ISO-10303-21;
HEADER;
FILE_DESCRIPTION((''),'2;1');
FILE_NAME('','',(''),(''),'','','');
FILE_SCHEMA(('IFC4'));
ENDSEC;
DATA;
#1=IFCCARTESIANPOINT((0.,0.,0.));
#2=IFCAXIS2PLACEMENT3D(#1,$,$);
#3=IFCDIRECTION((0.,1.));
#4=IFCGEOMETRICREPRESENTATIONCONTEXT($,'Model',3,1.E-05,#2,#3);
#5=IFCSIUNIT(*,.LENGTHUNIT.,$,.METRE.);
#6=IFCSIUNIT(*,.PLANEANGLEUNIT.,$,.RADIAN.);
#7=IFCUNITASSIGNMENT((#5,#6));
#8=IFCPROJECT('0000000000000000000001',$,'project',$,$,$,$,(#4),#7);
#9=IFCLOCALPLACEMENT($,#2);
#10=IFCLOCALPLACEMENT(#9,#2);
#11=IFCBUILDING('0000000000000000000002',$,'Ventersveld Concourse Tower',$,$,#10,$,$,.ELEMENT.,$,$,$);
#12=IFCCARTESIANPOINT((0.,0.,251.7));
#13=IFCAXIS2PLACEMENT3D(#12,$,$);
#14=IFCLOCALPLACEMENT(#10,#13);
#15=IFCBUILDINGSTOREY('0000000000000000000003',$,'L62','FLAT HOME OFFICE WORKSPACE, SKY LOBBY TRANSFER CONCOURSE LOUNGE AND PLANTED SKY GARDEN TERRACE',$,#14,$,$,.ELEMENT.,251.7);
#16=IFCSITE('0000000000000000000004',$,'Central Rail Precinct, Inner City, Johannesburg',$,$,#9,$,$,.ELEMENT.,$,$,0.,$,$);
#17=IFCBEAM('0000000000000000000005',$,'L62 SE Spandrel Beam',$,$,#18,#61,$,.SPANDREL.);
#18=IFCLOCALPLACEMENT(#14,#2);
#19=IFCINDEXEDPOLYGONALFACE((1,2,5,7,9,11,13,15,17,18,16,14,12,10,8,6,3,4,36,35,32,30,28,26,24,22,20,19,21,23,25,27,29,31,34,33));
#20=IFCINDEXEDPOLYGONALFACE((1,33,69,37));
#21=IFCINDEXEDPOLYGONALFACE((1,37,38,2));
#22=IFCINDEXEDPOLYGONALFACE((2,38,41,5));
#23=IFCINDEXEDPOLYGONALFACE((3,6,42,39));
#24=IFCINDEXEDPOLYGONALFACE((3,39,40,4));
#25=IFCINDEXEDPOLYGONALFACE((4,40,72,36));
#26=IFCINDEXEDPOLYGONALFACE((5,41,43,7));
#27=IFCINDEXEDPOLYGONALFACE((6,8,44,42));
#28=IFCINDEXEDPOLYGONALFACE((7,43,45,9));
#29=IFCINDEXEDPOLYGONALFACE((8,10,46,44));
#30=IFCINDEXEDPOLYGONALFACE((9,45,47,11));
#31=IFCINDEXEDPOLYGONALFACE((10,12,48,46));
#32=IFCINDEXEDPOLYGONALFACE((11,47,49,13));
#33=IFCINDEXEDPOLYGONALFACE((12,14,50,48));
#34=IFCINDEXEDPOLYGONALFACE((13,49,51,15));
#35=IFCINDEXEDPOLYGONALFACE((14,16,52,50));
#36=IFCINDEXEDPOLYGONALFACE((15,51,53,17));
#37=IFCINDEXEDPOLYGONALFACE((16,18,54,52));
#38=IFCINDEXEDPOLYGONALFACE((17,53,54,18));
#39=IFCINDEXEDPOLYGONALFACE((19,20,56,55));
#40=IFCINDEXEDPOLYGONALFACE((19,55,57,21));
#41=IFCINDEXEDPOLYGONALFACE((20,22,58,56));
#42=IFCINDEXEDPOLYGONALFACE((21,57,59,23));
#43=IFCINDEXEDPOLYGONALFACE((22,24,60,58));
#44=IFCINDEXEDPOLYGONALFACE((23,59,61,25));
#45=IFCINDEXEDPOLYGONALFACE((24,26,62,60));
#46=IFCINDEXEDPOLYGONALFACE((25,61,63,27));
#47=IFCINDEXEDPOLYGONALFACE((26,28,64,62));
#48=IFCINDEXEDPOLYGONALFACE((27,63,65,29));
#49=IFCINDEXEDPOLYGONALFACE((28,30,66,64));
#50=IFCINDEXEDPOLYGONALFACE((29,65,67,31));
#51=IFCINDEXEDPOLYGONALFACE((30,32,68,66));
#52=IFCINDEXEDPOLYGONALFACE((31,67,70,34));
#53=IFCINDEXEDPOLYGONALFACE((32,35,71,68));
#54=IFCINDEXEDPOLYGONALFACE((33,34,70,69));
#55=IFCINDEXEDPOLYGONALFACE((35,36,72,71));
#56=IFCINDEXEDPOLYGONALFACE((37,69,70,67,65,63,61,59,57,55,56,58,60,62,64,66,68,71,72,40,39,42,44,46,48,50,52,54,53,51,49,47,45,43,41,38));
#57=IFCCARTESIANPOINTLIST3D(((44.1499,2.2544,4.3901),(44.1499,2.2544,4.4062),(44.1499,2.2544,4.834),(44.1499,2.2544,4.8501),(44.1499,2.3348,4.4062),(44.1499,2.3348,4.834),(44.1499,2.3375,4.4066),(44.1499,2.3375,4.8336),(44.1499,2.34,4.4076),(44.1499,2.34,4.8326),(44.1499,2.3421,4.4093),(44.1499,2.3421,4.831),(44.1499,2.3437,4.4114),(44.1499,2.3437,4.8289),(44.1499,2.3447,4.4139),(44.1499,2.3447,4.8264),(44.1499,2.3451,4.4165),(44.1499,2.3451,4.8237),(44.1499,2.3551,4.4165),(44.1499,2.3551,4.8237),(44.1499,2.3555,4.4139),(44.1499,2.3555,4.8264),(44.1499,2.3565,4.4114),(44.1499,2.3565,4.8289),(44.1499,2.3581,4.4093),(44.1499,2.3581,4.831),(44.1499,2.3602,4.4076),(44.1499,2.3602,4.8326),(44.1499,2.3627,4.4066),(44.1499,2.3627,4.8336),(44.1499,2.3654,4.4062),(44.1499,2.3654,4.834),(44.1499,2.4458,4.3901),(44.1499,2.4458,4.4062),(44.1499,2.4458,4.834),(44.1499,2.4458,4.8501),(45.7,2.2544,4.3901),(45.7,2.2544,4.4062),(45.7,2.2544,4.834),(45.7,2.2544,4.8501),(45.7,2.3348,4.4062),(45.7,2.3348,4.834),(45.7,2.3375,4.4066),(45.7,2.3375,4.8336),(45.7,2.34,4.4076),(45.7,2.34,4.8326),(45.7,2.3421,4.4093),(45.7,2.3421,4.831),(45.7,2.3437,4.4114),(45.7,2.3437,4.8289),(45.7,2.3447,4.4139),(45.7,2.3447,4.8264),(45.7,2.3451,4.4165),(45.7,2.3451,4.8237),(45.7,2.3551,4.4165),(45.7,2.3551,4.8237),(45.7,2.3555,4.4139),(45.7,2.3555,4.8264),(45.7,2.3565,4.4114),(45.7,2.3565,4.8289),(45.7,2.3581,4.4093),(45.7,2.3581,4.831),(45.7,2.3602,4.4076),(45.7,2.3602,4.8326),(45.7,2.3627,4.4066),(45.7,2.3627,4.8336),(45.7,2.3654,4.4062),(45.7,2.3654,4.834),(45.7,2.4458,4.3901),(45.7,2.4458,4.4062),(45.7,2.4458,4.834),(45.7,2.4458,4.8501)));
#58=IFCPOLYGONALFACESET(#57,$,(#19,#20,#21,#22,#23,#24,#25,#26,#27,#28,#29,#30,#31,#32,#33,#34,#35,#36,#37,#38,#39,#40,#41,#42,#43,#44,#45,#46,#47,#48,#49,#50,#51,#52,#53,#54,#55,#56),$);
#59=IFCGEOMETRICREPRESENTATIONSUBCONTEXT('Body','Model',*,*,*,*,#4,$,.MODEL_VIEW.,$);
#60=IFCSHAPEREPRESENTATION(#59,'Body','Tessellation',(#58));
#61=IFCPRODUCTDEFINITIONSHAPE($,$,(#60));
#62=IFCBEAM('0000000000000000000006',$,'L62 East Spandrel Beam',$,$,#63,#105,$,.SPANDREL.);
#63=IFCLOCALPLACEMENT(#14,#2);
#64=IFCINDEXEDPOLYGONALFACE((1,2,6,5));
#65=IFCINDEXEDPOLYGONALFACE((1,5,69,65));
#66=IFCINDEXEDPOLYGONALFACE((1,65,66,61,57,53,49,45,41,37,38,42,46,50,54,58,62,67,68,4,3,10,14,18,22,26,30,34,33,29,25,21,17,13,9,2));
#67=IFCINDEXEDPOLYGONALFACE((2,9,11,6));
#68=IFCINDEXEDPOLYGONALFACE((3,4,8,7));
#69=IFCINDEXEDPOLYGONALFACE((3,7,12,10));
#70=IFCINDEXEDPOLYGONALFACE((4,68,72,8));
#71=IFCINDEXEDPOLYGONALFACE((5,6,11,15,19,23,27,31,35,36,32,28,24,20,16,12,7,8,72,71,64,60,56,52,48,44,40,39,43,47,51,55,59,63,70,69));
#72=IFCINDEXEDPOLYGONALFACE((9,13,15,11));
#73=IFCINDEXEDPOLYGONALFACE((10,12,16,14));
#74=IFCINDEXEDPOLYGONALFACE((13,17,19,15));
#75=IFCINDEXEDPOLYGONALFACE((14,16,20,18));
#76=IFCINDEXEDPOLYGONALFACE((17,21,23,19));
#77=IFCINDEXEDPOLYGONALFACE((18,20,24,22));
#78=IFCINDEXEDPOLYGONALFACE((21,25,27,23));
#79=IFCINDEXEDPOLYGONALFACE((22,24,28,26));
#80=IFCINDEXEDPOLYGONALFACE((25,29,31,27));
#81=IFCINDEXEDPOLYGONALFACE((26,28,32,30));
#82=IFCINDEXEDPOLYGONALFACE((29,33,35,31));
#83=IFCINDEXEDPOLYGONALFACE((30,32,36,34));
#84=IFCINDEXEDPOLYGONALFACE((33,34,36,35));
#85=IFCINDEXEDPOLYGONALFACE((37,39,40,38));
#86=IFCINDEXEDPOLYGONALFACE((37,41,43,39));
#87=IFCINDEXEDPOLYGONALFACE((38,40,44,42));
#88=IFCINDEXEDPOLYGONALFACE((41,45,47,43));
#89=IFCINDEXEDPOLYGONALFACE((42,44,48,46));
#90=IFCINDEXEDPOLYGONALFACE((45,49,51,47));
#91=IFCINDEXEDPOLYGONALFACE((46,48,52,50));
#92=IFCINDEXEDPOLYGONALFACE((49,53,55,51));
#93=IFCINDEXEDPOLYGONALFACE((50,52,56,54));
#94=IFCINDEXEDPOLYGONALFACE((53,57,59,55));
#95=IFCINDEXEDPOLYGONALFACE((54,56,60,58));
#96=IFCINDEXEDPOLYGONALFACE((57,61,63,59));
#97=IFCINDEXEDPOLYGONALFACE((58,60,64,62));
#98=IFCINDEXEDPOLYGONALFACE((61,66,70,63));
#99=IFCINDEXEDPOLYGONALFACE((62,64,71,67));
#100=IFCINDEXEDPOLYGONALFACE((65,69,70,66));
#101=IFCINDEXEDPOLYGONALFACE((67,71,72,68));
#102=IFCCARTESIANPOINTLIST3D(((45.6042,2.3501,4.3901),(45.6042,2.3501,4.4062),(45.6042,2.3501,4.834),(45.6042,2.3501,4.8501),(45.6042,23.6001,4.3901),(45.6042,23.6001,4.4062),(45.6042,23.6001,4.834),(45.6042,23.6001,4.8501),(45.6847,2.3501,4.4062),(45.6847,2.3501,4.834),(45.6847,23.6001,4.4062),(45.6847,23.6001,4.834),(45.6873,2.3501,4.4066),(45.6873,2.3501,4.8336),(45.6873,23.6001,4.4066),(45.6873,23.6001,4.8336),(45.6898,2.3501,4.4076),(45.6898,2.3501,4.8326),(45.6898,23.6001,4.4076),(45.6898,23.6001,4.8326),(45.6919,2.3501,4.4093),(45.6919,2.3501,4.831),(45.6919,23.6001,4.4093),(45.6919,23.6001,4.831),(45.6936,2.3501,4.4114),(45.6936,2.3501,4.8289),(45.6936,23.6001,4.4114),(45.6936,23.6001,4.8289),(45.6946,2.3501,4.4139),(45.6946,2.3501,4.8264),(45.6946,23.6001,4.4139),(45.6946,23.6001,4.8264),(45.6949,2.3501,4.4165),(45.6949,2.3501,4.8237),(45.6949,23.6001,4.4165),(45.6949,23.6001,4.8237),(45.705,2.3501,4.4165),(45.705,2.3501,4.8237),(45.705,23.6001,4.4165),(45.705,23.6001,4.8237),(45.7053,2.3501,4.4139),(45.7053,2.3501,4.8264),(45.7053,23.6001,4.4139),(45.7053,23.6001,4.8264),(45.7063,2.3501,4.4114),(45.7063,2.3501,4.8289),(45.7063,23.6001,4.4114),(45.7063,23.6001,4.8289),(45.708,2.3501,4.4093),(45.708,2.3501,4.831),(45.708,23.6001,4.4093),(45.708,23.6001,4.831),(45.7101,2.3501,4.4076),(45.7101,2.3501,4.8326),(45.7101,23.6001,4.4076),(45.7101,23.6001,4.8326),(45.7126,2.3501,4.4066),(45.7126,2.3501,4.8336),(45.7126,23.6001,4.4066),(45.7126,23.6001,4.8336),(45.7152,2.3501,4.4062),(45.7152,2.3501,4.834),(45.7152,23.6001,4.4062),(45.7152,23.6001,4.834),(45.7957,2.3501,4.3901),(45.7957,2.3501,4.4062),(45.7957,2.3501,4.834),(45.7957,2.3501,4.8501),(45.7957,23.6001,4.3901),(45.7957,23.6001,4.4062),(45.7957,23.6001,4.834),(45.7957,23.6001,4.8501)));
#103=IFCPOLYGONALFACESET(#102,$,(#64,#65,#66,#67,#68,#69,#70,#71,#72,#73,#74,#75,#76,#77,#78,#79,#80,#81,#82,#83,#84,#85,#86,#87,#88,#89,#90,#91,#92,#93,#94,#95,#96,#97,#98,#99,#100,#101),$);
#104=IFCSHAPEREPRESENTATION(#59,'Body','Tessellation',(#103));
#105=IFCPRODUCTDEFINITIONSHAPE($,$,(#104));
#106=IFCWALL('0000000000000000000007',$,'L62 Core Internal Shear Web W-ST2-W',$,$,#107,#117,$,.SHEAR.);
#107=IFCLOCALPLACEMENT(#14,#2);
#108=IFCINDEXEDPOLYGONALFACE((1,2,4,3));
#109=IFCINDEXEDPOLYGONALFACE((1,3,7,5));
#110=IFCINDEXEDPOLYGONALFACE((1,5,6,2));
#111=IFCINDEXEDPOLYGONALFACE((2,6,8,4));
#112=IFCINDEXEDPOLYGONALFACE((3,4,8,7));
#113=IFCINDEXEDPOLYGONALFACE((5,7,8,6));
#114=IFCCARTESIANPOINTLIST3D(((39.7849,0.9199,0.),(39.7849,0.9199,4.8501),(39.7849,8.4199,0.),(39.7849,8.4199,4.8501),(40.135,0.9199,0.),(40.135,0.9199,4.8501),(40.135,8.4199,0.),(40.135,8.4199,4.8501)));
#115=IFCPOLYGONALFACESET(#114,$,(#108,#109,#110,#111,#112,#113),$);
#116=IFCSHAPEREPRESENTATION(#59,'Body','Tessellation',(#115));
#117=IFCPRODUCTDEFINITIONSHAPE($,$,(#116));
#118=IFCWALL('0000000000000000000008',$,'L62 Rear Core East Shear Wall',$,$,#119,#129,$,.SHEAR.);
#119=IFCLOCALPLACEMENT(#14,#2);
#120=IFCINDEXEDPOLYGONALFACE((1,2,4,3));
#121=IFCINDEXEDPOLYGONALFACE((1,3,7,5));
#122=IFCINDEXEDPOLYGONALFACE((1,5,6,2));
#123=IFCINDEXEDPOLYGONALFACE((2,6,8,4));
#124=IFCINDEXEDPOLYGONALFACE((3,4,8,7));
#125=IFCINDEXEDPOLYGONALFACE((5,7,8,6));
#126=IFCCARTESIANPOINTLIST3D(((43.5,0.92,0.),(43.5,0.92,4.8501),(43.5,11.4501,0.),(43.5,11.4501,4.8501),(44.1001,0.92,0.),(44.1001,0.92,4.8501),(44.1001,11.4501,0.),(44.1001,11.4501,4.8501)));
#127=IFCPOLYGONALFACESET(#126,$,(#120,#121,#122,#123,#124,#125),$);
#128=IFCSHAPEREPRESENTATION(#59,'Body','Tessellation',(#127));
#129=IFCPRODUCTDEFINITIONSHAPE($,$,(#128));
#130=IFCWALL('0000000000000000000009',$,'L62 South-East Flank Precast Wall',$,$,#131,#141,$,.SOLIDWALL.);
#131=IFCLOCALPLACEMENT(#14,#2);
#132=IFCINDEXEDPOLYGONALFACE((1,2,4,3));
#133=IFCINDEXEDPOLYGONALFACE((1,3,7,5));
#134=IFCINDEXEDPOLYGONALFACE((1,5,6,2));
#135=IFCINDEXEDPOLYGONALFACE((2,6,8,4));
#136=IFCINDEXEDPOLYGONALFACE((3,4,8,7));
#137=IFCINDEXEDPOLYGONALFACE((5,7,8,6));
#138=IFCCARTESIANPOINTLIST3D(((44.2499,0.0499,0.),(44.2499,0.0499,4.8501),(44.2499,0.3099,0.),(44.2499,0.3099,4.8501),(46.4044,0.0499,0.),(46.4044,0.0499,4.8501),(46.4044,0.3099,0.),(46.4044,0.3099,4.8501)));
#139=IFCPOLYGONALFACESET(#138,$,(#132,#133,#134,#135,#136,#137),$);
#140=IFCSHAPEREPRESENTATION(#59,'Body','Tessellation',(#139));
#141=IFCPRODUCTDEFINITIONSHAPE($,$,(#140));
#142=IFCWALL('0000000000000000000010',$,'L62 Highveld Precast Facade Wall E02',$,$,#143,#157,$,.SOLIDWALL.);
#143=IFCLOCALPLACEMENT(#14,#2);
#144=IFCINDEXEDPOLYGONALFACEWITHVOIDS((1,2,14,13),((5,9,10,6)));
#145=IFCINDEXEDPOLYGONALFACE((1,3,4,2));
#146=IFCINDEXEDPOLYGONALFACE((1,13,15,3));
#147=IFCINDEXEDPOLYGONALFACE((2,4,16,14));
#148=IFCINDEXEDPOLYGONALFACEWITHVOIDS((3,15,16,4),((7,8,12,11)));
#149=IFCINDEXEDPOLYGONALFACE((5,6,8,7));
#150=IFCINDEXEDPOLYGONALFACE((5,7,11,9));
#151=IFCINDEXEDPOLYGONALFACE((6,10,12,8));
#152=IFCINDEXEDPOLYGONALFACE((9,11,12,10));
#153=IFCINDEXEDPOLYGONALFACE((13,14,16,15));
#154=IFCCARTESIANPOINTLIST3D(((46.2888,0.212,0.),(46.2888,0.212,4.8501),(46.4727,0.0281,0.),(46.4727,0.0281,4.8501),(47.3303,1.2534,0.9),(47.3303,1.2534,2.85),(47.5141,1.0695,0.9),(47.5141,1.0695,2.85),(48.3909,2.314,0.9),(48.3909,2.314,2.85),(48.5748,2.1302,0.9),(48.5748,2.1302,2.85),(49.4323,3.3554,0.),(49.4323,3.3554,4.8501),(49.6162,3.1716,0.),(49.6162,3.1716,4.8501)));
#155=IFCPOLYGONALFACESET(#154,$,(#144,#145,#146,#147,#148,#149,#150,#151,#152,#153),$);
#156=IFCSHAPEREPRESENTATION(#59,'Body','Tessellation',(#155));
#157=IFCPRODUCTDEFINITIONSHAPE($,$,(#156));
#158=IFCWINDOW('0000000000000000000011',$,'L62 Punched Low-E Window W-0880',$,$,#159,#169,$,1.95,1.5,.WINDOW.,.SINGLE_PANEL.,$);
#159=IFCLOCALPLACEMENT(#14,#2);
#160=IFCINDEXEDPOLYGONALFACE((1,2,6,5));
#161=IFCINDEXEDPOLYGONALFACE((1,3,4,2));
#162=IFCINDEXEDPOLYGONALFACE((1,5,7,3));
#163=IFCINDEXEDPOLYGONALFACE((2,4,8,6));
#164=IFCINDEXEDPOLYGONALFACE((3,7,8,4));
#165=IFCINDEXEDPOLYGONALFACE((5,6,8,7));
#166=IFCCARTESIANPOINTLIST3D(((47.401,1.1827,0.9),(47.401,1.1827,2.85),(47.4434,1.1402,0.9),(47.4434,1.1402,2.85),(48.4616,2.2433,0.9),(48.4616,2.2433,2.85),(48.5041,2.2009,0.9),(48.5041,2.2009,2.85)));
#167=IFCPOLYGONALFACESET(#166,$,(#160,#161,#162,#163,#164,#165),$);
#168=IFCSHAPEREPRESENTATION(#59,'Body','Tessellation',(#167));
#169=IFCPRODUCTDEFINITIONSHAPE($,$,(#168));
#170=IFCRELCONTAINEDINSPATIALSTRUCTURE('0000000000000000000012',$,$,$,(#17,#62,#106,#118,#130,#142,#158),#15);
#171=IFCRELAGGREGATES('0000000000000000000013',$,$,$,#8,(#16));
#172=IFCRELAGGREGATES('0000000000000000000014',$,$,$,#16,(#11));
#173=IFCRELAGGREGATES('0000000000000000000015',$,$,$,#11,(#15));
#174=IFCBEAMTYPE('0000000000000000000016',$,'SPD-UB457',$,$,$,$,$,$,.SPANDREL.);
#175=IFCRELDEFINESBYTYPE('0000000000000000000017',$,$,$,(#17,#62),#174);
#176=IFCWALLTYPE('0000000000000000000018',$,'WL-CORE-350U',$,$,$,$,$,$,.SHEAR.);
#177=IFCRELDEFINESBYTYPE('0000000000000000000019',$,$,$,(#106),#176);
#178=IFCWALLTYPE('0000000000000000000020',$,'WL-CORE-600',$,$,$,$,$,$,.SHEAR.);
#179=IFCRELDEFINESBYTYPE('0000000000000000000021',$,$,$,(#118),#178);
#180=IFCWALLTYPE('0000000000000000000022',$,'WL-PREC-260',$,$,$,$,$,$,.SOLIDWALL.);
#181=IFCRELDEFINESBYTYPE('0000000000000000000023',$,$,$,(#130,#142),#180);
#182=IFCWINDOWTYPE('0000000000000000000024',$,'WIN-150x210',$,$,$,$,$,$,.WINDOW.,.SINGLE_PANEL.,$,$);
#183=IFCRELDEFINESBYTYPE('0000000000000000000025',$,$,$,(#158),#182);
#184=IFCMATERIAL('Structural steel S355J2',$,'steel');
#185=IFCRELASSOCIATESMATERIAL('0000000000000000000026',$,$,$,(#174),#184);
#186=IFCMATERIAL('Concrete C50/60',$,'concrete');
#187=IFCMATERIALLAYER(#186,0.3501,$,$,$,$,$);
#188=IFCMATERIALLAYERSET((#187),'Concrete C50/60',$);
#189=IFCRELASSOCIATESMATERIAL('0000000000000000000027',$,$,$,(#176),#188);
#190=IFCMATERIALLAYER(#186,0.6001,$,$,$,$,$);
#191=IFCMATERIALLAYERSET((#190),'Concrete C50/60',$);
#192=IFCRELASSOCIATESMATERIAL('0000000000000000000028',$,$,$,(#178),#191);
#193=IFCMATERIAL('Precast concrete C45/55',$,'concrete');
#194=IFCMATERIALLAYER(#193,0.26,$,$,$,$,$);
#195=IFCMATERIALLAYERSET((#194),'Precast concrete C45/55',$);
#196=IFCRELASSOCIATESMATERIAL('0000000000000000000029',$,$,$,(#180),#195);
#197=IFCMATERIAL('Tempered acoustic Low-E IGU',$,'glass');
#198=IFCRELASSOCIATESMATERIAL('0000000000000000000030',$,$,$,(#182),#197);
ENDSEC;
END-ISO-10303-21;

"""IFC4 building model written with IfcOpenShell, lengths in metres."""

from ifc_helpers import new_model, si_unit, direction, frame, frame_2d, origin, origin_2d, place, context, subcontext, project, spatial, rectangle, i_section, extrude, material, layer, layer_set, material_profile, profile_set, type_object, element, fill, save


model = new_model("IFC4")

# Units and contexts
model_context = context("Model", 3, precision=1e-05, world=origin(), true_north=direction((0.0, 1.0)))
body_context = subcontext(model_context, "Body", "Model", "MODEL_VIEW")
ifc_project = project(units=[si_unit("LENGTHUNIT", "METRE"), si_unit("PLANEANGLEUNIT", "RADIAN")], contexts=[model_context])

# Site, building, storey
site_placement = place(None, origin())
site = spatial("IfcSite", under=ifc_project, at=site_placement, Name="Central Rail Precinct, Inner City, Johannesburg", CompositionType="ELEMENT", RefElevation=0.0)
building_placement = place(site_placement, origin())
building = spatial("IfcBuilding", under=site, at=building_placement, Name="Ventersveld Concourse Tower", CompositionType="ELEMENT")
storey_placement = place(building_placement, frame((0.0, 0.0, 251.7)))
storey = spatial("IfcBuildingStorey", under=building, at=storey_placement, Name="L62", Description="FLAT HOME OFFICE WORKSPACE, SKY LOBBY TRANSFER CONCOURSE LOUNGE AND PLANTED SKY GARDEN TERRACE", CompositionType="ELEMENT", Elevation=251.7)

# Shared definitions
ifc_material_1 = material(Name="Concrete C50/60", Category="concrete")

# Shared definitions
ifc_material_2 = material(Name="Structural steel S355J2", Category="steel")

# Beams
ifc_material_profile_1 = material_profile(ifc_material_2, i_section(OverallWidth=0.1914, OverallDepth=0.46, WebThickness=0.01, FlangeThickness=0.0161, FilletRadius=0.0103, at=origin_2d()), Name="UB 457x191x82")
ifc_profile_set_1 = profile_set([ifc_material_profile_1], Name="Structural steel S355J2")
beam_type_1 = type_object("IfcBeamType", Name="SPD-UB457", PredefinedType="SPANDREL", material=ifc_profile_set_1)
beam_1_placement = place(storey_placement, frame((44.1499, 2.3501, 4.6201), z_axis=(1.0, 0.0, 0.0), x_axis=(0.0, 1.0, 0.0)))
element("IfcBeam", 1, at=beam_1_placement, inside=storey, type_object=beam_type_1, Name="L62 SE Spandrel Beam", PredefinedType="SPANDREL", context=body_context, shape_type="SweptSolid", body=[
    extrude(i_section(OverallWidth=0.1914, OverallDepth=0.46, WebThickness=0.01, FlangeThickness=0.0161, FilletRadius=0.0103, at=origin_2d()), origin(), (0.0, 0.0, 1.0), 1.55),
])
beam_2_placement = place(storey_placement, frame((45.7, 2.3501, 4.6201), z_axis=(0.0, 1.0, 0.0), x_axis=(-1.0, 0.0, 0.0)))
element("IfcBeam", 2, at=beam_2_placement, inside=storey, type_object=beam_type_1, Name="L62 East Spandrel Beam", PredefinedType="SPANDREL", context=body_context, shape_type="SweptSolid", body=[
    extrude(i_section(OverallWidth=0.1914, OverallDepth=0.46, WebThickness=0.01, FlangeThickness=0.0161, FilletRadius=0.0103, at=origin_2d()), origin(), (0.0, 0.0, 1.0), 21.25),
])

# Walls
ifc_layer_1 = layer(ifc_material_1, 0.3501)
ifc_layer_set_1 = layer_set([ifc_layer_1], Name="Concrete C50/60")
wall_type_1 = type_object("IfcWallType", Name="WL-CORE-350U", PredefinedType="SHEAR", material=ifc_layer_set_1)
wall_1_placement = place(storey_placement, frame((39.96, 0.9199, 0.0), z_axis=(0.0, 0.0, 1.0), x_axis=(0.0, 1.0, 0.0)))
element("IfcWall", 3, at=wall_1_placement, inside=storey, type_object=wall_type_1, Name="L62 Core Internal Shear Web W-ST2-W", PredefinedType="SHEAR", context=body_context, shape_type="SweptSolid", body=[
    extrude(rectangle(XDim=7.5, YDim=0.3501, at=frame_2d((3.75, 0.0))), origin(), (0.0, 0.0, 1.0), 4.8501),
])
ifc_layer_2 = layer(ifc_material_1, 0.6001)
ifc_layer_set_2 = layer_set([ifc_layer_2], Name="Concrete C50/60")
wall_type_2 = type_object("IfcWallType", Name="WL-CORE-600", PredefinedType="SHEAR", material=ifc_layer_set_2)
wall_2_placement = place(storey_placement, frame((43.8, 0.9199, 0.0), z_axis=(0.0, 0.0, 1.0), x_axis=(0.0, 1.0, 0.0)))
element("IfcWall", 4, at=wall_2_placement, inside=storey, type_object=wall_type_2, Name="L62 Rear Core East Shear Wall", PredefinedType="SHEAR", context=body_context, shape_type="SweptSolid", body=[
    extrude(rectangle(XDim=10.53, YDim=0.6001, at=frame_2d((5.2651, 0.0))), origin(), (0.0, 0.0, 1.0), 4.8501),
])
ifc_material_3 = material(Name="Precast concrete C45/55", Category="concrete")
ifc_layer_3 = layer(ifc_material_3, 0.26)
ifc_layer_set_3 = layer_set([ifc_layer_3], Name="Precast concrete C45/55")
wall_type_3 = type_object("IfcWallType", Name="WL-PREC-260", PredefinedType="SOLIDWALL", material=ifc_layer_set_3)
wall_3_placement = place(storey_placement, frame((44.25, 0.1799, 0.0), z_axis=(0.0, 0.0, 1.0), x_axis=(1.0, 0.0, 0.0)))
element("IfcWall", 5, at=wall_3_placement, inside=storey, type_object=wall_type_3, Name="L62 South-East Flank Precast Wall", PredefinedType="SOLIDWALL", context=body_context, shape_type="SweptSolid", body=[
    extrude(rectangle(XDim=2.1545, YDim=0.26, at=frame_2d((1.0771, 0.0))), origin(), (0.0, 0.0, 1.0), 4.8501),
])

# Wall, opening, window
wall_4_placement = place(storey_placement, frame((46.3809, 0.1201, 0.0), z_axis=(0.0, 0.0, 1.0), x_axis=(0.707107, 0.707107, 0.0)))
wall_4 = element("IfcWall", 6, at=wall_4_placement, inside=storey, type_object=wall_type_3, Name="L62 Highveld Precast Facade Wall E02", PredefinedType="SOLIDWALL", context=body_context, shape_type="SweptSolid", body=[
    extrude(rectangle(XDim=4.4456, YDim=0.26, at=frame_2d((2.2227, 0.0))), origin(), (0.0, 0.0, 1.0), 4.8501),
])
opening_placement = place(wall_4_placement, frame((1.4727, 0.0, 0.8999)))
opening = element("IfcOpeningElement", 7, at=opening_placement, cuts=wall_4, PredefinedType="OPENING", context=body_context, shape_type="SweptSolid", body=[
    extrude(rectangle(XDim=1.5, YDim=1.95, at=frame_2d((0.75, 0.9751))), frame((0.0, 0.1401, 0.0), z_axis=(0.0, -1.0, 0.0), x_axis=(1.0, 0.0, 0.0)), (0.0, 0.0, 1.0), 0.28),
])
ifc_material_4 = material(Name="Tempered acoustic Low-E IGU", Category="glass")
window_type = type_object("IfcWindowType", Name="WIN-150x210", PartitioningType="SINGLE_PANEL", PredefinedType="WINDOW", material=ifc_material_4)
window_placement = place(opening_placement, origin())
window = element("IfcWindow", 8, at=window_placement, inside=storey, type_object=window_type, Name="L62 Punched Low-E Window W-0880", OverallHeight=1.95, OverallWidth=1.5, PartitioningType="SINGLE_PANEL", PredefinedType="WINDOW", context=body_context, shape_type="SweptSolid", body=[
    extrude(rectangle(XDim=1.5, YDim=1.95, at=frame_2d((0.75, 0.9751))), frame((0.0, 0.03, 0.0), z_axis=(0.0, -1.0, 0.0), x_axis=(1.0, 0.0, 0.0)), (0.0, 0.0, 1.0), 0.0601),
])
fill(opening, window)

save(model, "model.ifc")
